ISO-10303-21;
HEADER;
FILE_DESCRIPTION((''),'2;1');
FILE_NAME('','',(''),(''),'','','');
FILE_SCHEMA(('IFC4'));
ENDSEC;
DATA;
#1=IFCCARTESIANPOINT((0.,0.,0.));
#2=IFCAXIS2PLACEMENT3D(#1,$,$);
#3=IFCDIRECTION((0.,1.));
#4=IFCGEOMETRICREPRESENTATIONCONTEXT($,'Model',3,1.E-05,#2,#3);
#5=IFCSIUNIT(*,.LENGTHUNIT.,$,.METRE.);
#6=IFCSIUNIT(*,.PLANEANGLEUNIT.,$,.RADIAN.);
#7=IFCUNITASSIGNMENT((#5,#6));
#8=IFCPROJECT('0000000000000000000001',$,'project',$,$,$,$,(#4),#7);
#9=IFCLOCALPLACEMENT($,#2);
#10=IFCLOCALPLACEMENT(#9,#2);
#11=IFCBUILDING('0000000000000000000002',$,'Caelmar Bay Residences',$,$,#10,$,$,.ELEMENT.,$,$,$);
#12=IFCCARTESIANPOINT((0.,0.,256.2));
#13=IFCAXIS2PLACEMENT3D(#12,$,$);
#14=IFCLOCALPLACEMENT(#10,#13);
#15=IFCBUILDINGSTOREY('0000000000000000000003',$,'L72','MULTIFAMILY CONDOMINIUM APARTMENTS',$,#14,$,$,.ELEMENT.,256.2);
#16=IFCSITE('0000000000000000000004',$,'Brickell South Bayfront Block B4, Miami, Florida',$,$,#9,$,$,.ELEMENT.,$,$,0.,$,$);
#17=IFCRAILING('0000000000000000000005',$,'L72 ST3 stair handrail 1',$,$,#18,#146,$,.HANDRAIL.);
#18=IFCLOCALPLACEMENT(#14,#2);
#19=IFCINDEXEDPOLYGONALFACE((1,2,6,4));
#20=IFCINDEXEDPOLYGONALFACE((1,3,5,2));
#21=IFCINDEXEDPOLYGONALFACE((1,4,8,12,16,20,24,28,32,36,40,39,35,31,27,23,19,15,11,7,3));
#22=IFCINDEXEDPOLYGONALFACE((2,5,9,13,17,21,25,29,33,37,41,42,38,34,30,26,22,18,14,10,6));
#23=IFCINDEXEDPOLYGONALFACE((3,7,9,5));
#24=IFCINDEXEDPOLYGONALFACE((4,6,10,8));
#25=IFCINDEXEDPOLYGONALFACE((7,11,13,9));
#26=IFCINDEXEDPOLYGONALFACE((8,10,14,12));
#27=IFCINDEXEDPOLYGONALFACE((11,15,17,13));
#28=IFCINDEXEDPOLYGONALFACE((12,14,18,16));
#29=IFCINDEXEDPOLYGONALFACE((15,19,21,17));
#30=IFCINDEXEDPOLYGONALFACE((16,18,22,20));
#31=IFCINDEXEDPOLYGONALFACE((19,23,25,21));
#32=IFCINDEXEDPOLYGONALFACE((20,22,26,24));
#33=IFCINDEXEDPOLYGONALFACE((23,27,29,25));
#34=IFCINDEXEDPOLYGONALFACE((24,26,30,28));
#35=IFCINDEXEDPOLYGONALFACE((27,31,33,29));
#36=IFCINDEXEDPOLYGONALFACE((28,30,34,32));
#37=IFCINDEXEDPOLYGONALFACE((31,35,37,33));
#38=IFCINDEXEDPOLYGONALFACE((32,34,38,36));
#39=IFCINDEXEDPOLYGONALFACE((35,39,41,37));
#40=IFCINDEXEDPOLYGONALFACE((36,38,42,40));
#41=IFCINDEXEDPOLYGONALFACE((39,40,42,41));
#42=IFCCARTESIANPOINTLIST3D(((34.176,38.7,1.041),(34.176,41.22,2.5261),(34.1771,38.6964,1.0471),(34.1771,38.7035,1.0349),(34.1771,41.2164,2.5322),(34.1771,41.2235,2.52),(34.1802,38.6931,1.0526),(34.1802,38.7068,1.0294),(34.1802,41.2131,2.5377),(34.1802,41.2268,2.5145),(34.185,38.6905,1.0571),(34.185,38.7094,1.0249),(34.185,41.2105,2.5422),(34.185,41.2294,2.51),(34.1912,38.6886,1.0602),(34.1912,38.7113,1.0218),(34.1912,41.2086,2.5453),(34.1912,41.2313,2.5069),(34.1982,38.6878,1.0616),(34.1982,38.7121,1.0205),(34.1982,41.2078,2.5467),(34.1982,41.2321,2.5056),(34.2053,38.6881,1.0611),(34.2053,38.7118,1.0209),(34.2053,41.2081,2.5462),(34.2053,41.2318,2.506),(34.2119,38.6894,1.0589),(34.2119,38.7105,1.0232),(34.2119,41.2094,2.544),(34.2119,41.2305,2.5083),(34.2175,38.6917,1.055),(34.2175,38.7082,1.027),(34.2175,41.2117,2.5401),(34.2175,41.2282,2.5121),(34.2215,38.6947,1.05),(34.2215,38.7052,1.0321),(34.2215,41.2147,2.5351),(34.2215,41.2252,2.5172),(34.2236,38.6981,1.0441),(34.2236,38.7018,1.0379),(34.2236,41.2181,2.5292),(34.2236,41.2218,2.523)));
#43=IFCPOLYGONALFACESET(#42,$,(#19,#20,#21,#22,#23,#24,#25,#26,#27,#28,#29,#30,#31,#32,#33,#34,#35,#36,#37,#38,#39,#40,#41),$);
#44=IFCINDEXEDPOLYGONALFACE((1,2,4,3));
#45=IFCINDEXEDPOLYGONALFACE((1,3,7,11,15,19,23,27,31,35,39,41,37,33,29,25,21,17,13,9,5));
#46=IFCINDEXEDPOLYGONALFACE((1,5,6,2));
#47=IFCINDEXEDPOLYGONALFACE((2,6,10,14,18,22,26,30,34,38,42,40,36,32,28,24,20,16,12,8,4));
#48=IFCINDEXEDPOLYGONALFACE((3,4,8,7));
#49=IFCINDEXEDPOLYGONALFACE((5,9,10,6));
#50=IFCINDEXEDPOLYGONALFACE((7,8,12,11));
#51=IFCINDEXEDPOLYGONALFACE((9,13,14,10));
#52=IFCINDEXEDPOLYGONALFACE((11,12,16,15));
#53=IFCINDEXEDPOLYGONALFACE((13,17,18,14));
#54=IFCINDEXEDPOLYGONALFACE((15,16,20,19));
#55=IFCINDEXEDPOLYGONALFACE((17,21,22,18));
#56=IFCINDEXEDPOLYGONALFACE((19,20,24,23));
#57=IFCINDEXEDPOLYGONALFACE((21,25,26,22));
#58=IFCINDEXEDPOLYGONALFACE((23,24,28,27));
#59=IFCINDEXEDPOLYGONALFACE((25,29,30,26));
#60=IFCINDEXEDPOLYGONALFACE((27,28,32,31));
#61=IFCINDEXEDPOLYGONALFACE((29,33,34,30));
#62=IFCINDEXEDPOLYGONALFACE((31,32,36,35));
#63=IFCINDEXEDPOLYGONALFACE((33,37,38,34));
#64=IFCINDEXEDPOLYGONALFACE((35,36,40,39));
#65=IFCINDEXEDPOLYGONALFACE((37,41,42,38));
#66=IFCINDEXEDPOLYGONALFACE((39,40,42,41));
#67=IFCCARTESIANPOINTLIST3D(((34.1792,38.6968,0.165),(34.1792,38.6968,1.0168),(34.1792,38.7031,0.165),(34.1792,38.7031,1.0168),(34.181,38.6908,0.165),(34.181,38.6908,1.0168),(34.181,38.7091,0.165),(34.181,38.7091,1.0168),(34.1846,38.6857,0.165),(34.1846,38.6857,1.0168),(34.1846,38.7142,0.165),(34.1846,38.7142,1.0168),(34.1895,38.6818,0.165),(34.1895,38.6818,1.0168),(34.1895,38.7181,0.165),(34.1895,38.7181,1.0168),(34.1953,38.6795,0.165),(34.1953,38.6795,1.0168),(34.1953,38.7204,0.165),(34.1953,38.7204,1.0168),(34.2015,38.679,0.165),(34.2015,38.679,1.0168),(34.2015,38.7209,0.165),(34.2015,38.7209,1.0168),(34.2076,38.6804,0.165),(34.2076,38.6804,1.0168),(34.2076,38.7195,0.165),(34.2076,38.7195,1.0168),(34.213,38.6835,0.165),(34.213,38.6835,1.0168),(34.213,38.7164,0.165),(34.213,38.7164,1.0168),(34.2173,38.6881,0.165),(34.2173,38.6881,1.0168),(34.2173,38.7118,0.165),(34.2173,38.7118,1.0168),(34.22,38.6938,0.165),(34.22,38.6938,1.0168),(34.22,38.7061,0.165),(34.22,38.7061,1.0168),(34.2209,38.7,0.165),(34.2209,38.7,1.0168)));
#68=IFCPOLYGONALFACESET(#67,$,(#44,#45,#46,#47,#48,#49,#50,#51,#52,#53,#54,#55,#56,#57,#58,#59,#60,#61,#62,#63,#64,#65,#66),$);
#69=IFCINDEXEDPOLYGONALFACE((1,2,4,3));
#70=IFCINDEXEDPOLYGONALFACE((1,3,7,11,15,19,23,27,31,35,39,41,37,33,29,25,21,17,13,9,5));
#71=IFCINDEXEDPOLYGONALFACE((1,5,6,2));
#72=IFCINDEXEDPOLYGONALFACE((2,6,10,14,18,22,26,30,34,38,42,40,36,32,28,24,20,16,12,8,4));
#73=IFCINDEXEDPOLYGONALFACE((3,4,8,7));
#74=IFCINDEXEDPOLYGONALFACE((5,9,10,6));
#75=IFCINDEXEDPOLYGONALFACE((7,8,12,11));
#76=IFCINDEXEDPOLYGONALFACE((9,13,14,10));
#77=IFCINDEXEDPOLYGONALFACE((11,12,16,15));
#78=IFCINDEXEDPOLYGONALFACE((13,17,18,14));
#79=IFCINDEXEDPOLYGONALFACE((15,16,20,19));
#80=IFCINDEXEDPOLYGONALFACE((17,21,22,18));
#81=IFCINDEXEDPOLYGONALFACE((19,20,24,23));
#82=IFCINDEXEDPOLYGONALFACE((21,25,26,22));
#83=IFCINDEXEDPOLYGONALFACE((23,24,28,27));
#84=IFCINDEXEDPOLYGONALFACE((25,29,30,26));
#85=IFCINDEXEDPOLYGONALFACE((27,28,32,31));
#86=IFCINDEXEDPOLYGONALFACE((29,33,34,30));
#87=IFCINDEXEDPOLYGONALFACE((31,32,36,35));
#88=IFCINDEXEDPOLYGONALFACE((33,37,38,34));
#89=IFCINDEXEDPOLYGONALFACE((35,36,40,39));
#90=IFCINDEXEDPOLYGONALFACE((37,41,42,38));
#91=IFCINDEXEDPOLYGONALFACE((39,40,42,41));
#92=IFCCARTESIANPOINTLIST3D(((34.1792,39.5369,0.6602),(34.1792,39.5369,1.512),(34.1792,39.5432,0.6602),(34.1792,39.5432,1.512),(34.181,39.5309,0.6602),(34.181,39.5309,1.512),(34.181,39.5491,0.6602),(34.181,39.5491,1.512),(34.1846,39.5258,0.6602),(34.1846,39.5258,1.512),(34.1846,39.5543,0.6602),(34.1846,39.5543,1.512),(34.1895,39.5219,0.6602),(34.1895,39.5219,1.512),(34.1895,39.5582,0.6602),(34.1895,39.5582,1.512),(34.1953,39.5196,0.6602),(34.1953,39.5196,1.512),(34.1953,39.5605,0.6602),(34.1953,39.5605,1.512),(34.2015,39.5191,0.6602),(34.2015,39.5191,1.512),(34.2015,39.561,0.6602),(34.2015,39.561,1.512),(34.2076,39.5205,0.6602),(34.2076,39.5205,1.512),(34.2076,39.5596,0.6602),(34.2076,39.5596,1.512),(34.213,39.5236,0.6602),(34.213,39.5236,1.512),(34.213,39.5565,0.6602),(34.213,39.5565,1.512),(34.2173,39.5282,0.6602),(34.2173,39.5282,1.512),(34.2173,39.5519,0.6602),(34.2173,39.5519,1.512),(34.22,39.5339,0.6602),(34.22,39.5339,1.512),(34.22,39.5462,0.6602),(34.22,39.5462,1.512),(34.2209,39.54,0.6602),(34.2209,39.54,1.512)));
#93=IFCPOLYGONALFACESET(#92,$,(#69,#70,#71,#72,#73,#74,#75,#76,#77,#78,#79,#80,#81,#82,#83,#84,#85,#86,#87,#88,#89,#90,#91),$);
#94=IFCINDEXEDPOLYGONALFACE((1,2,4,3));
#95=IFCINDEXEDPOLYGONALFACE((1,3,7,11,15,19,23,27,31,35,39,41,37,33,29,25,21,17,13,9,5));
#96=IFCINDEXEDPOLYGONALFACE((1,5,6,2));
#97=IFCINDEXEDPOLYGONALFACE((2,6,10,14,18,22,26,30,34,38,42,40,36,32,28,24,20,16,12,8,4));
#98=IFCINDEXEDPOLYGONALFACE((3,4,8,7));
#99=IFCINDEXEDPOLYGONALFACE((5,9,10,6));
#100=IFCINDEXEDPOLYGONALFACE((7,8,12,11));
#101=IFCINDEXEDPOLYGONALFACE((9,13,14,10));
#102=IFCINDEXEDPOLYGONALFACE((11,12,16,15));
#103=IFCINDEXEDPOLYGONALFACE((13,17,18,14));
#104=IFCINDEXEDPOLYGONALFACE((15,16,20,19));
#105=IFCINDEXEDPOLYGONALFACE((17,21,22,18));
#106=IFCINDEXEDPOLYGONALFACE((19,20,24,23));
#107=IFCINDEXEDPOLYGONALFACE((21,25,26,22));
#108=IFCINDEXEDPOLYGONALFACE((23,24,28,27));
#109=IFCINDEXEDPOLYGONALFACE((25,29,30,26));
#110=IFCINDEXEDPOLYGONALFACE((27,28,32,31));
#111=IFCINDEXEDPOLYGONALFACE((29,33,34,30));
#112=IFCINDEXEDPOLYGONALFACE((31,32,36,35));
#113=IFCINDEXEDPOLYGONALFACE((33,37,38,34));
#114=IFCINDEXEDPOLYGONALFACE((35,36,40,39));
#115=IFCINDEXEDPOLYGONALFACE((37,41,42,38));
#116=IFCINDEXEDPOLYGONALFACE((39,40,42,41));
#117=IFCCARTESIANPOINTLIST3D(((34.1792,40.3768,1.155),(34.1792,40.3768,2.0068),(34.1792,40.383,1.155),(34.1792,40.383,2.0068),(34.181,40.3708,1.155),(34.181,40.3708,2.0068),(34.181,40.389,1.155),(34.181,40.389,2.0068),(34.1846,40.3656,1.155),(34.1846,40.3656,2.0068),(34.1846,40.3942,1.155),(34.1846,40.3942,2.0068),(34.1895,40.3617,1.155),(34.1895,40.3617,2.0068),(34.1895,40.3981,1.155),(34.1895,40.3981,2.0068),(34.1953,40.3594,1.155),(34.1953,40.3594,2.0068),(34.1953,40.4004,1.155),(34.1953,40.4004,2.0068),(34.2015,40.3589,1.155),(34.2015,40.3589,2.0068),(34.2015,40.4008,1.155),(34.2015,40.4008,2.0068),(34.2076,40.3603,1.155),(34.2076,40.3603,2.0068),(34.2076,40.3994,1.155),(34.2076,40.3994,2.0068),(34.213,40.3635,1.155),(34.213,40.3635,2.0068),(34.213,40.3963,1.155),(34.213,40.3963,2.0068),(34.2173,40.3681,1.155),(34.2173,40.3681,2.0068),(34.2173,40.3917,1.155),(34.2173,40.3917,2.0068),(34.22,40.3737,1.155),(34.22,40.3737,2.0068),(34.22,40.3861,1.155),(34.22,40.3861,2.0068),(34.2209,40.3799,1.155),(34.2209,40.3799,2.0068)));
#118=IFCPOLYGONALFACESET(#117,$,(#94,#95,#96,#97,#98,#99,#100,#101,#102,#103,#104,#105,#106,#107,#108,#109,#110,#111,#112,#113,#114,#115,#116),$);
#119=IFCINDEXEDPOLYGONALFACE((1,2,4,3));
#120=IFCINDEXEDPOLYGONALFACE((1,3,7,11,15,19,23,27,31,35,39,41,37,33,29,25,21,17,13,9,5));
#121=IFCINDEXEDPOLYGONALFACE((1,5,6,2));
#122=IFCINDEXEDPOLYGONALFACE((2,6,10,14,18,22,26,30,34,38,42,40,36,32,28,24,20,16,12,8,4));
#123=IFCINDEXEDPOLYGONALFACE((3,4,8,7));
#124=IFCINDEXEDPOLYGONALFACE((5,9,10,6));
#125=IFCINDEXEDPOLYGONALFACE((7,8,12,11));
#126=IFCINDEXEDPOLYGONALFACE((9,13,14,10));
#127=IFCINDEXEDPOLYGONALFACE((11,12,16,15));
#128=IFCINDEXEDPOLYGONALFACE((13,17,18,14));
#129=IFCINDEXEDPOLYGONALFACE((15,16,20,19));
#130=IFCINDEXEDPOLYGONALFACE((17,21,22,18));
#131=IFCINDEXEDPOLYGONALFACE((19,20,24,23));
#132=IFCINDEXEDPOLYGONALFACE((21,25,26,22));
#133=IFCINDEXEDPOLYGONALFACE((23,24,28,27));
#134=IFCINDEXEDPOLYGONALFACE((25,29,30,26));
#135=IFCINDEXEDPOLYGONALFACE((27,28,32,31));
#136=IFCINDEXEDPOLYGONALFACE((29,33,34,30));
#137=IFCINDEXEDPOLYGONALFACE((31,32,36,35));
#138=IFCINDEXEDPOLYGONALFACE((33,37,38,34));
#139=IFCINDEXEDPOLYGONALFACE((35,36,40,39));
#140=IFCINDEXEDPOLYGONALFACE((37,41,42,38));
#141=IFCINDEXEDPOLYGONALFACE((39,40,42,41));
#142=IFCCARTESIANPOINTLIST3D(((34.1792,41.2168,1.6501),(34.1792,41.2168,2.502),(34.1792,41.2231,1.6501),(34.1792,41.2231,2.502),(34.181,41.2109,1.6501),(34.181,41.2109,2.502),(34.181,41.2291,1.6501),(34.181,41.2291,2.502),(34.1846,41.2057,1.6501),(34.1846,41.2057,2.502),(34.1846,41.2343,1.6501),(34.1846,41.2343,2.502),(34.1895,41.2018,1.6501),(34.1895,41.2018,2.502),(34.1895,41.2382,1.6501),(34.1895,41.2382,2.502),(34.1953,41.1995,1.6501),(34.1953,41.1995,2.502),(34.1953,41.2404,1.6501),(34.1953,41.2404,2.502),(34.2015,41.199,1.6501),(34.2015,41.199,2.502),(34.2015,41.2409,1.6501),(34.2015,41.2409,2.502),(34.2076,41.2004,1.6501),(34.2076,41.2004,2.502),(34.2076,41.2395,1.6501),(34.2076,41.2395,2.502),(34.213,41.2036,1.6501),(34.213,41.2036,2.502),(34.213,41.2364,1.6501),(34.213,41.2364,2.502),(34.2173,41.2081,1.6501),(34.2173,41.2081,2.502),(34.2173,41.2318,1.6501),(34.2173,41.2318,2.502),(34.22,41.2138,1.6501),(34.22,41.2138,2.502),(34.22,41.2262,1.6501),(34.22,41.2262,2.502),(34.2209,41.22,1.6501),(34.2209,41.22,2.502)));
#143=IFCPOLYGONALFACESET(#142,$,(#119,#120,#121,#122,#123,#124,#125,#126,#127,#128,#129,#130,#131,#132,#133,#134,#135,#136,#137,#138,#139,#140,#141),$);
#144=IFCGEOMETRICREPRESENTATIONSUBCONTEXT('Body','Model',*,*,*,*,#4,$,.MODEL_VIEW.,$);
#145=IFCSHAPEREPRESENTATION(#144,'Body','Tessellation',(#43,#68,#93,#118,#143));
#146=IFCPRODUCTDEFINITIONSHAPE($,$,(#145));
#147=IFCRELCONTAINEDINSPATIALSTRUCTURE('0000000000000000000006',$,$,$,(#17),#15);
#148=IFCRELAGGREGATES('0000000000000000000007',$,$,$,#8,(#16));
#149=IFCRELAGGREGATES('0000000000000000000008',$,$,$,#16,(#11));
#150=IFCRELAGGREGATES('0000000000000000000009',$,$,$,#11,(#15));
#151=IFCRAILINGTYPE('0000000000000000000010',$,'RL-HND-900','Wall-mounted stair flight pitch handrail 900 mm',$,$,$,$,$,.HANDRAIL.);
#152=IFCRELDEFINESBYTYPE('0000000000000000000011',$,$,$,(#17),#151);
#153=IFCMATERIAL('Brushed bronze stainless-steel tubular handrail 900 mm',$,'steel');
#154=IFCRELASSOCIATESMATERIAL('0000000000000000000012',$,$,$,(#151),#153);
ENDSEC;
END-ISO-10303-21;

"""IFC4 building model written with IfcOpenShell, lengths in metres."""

from ifc_helpers import new_model, si_unit, direction, frame, origin, origin_2d, place, context, subcontext, project, spatial, circle, extrude, material, type_object, element, save


model = new_model("IFC4")

# Units and contexts
model_context = context("Model", 3, precision=1e-05, world=origin(), true_north=direction((0.0, 1.0)))
body_context = subcontext(model_context, "Body", "Model", "MODEL_VIEW")
ifc_project = project(units=[si_unit("LENGTHUNIT", "METRE"), si_unit("PLANEANGLEUNIT", "RADIAN")], contexts=[model_context])

# Site, building, storey
site_placement = place(None, origin())
site = spatial("IfcSite", under=ifc_project, at=site_placement, Name="Brickell South Bayfront Block B4, Miami, Florida", CompositionType="ELEMENT", RefElevation=0.0)
building_placement = place(site_placement, origin())
building = spatial("IfcBuilding", under=site, at=building_placement, Name="Caelmar Bay Residences", CompositionType="ELEMENT")
storey_placement = place(building_placement, frame((0.0, 0.0, 256.2)))
storey = spatial("IfcBuildingStorey", under=building, at=storey_placement, Name="L72", Description="MULTIFAMILY CONDOMINIUM APARTMENTS", CompositionType="ELEMENT", Elevation=256.2)

# Railing
ifc_material_1 = material(Name="Brushed bronze stainless-steel tubular handrail 900 mm", Category="steel")
railing_type_1 = type_object("IfcRailingType", Name="RL-HND-900", Description="Wall-mounted stair flight pitch handrail 900 mm", PredefinedType="HANDRAIL", material=ifc_material_1)
railing_1_placement = place(storey_placement, frame((34.2, 38.7, 0.165)))
element("IfcRailing", 1, at=railing_1_placement, inside=storey, type_object=railing_type_1, Name="L72 ST3 stair handrail 1", PredefinedType="HANDRAIL", context=body_context, shape_type="SweptSolid", body=[
    extrude(circle(Radius=0.0239, at=origin_2d()), frame((0.0, 0.0, 0.876), z_axis=(0.0, 0.861524, 0.507717), x_axis=(-1.0, 0.0, 0.0)), (0.0, 0.0, 1.0), 2.925),
    extrude(circle(Radius=0.021, at=origin_2d()), origin(), (0.0, 0.0, 1.0), 0.8518),
    extrude(circle(Radius=0.021, at=origin_2d()), frame((0.0, 0.8401, 0.4951)), (0.0, 0.0, 1.0), 0.8518),
    extrude(circle(Radius=0.021, at=origin_2d()), frame((0.0, 1.6799, 0.99)), (0.0, 0.0, 1.0), 0.8518),
    extrude(circle(Radius=0.021, at=origin_2d()), frame((0.0, 2.52, 1.4851)), (0.0, 0.0, 1.0), 0.8518),
])

save(model, "model.ifc")
